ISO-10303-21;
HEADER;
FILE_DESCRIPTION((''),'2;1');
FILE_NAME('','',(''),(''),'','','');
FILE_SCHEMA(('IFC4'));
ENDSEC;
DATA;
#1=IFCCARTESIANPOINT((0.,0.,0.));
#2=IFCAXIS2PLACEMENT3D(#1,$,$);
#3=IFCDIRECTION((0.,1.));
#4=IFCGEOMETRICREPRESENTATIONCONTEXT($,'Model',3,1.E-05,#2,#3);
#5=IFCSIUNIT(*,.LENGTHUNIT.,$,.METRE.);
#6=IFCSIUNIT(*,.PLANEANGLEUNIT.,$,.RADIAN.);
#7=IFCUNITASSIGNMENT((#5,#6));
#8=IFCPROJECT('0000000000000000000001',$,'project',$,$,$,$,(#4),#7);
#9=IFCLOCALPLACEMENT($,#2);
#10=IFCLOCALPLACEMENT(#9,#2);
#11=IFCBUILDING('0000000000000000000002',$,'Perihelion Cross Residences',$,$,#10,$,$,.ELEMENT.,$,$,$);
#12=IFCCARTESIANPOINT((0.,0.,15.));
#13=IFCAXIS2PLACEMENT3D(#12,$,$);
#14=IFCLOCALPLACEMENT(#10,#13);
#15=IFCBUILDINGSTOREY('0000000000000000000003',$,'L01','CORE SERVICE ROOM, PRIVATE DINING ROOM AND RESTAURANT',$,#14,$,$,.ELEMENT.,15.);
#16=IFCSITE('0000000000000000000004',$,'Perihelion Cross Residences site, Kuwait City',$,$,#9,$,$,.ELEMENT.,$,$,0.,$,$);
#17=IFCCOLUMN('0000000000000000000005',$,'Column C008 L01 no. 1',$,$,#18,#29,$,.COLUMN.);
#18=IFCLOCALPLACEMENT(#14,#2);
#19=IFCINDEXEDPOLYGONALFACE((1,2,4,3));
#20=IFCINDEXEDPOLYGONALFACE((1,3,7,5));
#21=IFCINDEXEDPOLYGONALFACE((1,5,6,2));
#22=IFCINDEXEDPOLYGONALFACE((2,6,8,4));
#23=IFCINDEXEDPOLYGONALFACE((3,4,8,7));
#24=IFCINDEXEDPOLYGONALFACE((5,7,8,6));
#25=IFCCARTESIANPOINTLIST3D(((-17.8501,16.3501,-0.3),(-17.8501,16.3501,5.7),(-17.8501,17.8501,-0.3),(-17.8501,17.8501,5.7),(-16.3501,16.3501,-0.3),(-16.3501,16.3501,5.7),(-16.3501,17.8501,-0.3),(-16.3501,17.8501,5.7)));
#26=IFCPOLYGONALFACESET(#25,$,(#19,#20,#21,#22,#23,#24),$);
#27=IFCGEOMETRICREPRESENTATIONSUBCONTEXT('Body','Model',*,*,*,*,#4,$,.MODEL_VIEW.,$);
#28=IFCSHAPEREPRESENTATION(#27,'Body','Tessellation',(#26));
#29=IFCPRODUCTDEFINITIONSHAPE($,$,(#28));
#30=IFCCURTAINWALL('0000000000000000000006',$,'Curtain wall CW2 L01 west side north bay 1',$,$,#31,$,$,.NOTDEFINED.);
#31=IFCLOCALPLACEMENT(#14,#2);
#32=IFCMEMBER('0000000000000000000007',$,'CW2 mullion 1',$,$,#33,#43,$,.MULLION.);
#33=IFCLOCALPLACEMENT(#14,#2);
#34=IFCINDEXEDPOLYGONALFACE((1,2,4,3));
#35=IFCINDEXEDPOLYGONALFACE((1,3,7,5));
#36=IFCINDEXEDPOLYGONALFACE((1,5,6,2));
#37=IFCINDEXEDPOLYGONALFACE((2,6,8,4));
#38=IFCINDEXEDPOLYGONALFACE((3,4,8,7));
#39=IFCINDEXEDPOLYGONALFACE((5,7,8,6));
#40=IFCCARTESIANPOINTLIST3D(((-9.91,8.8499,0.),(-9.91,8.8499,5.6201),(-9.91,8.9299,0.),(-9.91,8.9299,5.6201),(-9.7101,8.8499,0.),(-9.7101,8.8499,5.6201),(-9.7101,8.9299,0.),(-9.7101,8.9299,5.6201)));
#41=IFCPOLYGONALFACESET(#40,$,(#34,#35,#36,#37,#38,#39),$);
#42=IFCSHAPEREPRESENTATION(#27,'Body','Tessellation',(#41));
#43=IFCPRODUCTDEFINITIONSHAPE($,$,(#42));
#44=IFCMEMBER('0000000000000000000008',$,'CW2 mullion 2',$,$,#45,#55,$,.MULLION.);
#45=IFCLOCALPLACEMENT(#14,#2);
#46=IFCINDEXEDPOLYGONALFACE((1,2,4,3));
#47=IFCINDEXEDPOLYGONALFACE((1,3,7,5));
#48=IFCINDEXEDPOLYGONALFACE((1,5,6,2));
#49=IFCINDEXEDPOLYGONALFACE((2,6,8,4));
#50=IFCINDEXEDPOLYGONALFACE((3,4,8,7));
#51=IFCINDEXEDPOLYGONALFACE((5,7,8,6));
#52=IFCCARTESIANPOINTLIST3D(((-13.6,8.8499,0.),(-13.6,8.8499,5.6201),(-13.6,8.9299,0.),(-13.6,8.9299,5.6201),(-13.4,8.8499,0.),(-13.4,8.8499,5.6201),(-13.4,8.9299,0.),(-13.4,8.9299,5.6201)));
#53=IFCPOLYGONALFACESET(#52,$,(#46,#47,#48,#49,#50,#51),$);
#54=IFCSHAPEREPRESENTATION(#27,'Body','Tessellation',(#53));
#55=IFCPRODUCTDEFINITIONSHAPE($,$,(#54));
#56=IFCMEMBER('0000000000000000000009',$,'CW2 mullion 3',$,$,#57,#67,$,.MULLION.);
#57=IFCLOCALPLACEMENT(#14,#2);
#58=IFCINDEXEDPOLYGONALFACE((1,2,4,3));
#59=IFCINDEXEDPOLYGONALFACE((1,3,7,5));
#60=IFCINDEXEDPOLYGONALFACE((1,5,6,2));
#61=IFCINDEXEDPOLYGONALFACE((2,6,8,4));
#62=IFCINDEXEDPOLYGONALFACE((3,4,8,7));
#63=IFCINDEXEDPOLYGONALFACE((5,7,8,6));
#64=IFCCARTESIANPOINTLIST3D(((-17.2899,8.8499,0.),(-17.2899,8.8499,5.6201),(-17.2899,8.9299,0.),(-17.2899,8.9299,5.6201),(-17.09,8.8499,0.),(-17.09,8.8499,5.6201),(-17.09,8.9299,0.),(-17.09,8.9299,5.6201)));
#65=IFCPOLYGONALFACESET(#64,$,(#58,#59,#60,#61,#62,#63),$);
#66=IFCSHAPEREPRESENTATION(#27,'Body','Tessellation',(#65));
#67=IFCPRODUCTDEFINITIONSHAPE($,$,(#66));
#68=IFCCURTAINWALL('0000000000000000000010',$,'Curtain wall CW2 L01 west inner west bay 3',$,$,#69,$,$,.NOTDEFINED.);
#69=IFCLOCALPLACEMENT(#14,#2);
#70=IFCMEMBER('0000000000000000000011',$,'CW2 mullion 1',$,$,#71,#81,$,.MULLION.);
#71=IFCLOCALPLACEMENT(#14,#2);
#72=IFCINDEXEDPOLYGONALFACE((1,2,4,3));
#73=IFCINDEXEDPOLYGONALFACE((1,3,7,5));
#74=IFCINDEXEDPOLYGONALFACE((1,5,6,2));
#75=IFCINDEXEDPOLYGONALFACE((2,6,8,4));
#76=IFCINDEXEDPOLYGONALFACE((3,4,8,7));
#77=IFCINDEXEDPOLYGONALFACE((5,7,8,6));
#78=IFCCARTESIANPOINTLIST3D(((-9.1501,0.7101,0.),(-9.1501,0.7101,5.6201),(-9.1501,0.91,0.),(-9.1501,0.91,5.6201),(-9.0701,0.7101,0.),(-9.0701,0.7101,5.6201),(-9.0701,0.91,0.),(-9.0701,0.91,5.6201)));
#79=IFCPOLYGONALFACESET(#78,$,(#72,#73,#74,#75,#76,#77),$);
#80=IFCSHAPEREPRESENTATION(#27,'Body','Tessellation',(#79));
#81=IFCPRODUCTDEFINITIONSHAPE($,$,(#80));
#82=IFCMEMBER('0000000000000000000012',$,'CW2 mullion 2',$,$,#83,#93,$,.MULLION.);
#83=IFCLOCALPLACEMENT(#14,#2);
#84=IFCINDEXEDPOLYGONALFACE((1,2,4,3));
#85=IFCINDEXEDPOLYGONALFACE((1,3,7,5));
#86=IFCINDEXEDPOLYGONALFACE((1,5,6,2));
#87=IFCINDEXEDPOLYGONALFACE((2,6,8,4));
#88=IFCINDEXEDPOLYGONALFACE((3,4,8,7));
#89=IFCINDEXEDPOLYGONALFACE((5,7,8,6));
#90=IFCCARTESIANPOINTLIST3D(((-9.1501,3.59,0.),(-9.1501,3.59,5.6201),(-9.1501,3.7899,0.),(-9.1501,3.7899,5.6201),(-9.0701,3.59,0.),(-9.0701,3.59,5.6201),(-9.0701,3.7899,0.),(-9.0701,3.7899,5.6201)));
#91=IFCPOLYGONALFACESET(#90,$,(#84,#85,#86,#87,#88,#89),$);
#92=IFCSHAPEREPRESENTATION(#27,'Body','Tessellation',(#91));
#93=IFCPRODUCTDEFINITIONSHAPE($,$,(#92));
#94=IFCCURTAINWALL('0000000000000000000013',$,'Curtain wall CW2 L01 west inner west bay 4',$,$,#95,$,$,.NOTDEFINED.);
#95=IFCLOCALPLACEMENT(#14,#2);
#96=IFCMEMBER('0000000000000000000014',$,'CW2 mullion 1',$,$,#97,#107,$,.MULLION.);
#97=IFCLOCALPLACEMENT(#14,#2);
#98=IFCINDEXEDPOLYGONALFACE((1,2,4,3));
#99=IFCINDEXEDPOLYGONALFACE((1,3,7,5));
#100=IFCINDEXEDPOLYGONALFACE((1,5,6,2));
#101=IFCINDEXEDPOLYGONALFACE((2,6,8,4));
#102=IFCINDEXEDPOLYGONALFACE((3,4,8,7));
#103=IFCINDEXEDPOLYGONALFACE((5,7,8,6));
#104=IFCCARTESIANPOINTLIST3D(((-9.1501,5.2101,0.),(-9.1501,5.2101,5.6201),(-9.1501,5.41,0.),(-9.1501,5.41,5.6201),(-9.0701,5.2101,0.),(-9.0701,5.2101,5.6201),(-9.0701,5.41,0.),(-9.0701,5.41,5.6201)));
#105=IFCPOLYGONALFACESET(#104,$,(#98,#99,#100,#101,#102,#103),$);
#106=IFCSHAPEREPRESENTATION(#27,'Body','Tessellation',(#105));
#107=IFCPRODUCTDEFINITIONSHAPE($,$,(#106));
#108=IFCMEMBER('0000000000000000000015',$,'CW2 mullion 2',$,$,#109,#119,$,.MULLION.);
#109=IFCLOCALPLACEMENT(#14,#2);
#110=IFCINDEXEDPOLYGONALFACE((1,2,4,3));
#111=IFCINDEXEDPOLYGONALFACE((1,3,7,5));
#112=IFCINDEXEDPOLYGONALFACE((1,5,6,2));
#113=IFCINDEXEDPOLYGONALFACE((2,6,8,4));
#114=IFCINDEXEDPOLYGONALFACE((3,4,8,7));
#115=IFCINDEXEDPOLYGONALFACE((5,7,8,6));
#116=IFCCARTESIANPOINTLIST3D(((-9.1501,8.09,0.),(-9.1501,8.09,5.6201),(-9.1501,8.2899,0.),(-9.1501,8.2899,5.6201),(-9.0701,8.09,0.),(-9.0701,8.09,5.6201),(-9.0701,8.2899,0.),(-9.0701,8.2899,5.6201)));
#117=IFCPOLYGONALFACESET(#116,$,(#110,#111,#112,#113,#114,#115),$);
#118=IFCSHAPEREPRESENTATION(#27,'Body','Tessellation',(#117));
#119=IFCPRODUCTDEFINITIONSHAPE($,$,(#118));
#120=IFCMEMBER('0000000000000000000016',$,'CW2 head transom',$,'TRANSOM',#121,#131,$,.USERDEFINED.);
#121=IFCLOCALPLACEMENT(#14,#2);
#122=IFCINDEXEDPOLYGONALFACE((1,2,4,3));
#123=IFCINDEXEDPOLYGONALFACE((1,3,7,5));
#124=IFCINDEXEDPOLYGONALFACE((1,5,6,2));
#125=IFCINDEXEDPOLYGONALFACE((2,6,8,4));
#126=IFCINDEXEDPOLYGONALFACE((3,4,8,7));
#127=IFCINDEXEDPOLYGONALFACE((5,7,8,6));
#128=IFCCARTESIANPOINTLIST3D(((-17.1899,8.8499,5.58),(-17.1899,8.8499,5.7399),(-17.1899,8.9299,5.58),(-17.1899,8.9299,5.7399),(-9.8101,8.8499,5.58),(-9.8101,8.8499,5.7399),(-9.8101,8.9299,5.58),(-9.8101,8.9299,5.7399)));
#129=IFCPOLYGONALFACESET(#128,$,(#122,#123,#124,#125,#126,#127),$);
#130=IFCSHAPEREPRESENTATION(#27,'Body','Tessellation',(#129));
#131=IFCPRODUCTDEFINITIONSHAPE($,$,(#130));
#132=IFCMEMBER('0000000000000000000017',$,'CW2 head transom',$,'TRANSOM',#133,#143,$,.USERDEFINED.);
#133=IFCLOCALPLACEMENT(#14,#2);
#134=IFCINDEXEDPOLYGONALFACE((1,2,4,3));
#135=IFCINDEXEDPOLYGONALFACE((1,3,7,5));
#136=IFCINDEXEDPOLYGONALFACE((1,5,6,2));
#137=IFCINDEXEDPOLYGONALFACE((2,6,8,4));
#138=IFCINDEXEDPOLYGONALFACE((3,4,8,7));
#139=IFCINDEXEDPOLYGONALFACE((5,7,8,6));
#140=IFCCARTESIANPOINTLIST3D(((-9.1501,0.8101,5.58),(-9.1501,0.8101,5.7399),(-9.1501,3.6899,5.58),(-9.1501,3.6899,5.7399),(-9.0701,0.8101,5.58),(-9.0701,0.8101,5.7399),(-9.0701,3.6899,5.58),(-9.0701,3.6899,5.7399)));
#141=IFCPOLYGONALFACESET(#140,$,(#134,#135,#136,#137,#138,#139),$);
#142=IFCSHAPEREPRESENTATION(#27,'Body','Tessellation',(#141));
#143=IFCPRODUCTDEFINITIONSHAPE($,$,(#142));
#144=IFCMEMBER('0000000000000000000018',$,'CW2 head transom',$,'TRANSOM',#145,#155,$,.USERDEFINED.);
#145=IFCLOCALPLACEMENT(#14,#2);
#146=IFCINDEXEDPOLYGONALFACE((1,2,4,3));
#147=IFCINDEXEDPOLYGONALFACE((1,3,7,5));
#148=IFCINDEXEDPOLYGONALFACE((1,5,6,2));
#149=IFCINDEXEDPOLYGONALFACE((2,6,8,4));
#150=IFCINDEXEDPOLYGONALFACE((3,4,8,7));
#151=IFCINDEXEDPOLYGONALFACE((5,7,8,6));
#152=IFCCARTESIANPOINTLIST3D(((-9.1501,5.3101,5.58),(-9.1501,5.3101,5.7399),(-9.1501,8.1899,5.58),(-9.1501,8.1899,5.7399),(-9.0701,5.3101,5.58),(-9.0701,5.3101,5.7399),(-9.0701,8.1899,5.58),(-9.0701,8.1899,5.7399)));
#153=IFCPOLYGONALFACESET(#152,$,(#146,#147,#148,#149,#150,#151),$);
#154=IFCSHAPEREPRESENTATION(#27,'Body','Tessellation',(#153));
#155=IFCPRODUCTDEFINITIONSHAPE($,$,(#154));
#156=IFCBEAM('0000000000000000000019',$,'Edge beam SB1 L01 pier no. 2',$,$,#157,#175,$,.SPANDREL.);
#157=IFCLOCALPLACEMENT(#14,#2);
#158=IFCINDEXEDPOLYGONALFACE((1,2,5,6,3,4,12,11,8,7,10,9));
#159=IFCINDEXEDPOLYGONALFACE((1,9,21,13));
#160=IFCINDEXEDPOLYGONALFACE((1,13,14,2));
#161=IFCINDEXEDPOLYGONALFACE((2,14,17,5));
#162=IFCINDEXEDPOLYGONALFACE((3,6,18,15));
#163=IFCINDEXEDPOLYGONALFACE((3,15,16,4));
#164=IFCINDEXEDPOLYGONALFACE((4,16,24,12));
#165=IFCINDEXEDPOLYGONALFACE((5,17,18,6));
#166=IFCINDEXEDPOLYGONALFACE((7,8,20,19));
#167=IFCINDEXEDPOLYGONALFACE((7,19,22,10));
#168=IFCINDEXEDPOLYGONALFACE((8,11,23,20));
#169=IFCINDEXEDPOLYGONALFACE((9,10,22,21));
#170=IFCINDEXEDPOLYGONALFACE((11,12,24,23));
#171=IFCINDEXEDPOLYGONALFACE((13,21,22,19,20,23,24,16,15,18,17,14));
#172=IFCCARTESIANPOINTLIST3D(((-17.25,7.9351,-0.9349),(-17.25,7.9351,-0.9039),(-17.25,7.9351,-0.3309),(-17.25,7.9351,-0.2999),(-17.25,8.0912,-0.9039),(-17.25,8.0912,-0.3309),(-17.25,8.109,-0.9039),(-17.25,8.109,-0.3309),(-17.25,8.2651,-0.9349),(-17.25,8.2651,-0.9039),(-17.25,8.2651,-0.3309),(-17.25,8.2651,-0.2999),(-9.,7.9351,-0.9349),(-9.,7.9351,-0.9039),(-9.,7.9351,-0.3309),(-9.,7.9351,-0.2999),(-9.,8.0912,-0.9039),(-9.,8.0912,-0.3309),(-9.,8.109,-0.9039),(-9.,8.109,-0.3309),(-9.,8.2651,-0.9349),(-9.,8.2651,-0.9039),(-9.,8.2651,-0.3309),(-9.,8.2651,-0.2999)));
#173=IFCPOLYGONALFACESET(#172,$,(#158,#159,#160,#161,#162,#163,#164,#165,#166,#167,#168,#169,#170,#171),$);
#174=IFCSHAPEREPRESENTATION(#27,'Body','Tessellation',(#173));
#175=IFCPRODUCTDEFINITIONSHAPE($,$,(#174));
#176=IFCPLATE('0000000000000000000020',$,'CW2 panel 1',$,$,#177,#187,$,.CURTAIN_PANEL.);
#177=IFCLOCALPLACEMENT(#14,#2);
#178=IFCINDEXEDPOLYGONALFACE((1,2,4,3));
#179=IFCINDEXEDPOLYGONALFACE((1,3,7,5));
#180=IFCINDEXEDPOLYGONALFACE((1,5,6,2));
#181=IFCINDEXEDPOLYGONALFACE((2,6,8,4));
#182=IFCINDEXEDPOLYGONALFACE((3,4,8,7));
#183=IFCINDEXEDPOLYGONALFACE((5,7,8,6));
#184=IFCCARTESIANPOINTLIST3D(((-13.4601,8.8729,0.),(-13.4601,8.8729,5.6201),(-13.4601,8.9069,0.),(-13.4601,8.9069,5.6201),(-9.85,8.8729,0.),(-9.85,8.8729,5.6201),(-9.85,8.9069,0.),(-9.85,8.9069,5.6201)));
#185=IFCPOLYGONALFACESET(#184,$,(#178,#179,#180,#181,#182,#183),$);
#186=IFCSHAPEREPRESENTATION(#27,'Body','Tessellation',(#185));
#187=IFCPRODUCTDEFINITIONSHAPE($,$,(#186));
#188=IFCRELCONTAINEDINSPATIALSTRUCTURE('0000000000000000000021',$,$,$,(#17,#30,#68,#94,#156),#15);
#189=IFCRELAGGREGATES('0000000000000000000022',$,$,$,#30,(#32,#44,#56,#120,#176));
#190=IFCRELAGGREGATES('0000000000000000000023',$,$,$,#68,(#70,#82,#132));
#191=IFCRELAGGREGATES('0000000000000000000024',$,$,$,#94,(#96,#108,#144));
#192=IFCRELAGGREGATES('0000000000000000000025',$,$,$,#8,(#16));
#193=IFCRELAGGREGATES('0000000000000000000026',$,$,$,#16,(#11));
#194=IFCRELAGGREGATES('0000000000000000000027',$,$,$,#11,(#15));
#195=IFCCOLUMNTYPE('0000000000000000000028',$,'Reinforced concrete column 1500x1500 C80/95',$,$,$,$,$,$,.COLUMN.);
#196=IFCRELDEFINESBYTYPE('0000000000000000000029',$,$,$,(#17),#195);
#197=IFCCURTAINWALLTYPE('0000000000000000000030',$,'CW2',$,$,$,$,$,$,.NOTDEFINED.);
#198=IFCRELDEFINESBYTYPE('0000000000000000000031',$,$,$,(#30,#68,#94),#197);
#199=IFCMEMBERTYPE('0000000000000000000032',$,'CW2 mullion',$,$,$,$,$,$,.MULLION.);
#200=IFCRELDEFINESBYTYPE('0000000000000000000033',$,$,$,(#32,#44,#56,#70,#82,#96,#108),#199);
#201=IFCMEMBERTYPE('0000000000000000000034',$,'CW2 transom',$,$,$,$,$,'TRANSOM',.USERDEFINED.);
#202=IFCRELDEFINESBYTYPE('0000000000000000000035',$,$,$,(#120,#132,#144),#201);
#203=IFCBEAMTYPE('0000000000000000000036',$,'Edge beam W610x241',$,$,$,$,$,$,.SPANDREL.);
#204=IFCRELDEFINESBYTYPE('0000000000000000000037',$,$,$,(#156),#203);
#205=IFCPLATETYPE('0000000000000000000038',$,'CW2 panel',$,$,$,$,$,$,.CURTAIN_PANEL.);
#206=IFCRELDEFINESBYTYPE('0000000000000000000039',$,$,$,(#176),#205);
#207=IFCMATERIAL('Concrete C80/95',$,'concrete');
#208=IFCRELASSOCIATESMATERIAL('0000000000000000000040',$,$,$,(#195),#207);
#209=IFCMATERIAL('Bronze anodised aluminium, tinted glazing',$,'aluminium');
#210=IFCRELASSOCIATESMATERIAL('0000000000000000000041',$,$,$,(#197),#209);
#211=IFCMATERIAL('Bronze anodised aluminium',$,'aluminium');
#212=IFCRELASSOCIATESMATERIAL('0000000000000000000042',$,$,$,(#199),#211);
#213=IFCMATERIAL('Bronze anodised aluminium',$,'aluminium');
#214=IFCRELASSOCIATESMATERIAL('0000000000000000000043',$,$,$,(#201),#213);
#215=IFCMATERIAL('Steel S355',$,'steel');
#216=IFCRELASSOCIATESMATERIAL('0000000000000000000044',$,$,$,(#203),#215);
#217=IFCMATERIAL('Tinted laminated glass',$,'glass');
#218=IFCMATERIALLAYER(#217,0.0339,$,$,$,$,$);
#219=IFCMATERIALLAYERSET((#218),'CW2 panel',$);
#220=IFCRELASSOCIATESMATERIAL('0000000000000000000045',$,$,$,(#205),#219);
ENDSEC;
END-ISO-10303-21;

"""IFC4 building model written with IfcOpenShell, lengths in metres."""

from ifc_helpers import new_model, si_unit, direction, frame, origin, origin_2d, place, context, subcontext, project, spatial, rectangle, i_section, extrude, material, layer, layer_set, material_profile, profile_set, type_object, element, aggregate, save


model = new_model("IFC4")

# Units and contexts
model_context = context("Model", 3, precision=1e-05, world=origin(), true_north=direction((0.0, 1.0)))
body_context = subcontext(model_context, "Body", "Model", "MODEL_VIEW")
ifc_project = project(units=[si_unit("LENGTHUNIT", "METRE"), si_unit("PLANEANGLEUNIT", "RADIAN")], contexts=[model_context])

# Site, building, storey
site_placement = place(None, origin())
site = spatial("IfcSite", under=ifc_project, at=site_placement, Name="Perihelion Cross Residences site, Kuwait City", CompositionType="ELEMENT", RefElevation=0.0)
building_placement = place(site_placement, origin())
building = spatial("IfcBuilding", under=site, at=building_placement, Name="Perihelion Cross Residences", CompositionType="ELEMENT")
storey_placement = place(building_placement, frame((0.0, 0.0, 15.0)))
storey = spatial("IfcBuildingStorey", under=building, at=storey_placement, Name="L01", Description="CORE SERVICE ROOM, PRIVATE DINING ROOM AND RESTAURANT", CompositionType="ELEMENT", Elevation=15.0)

# Column
ifc_material_1 = material(Name="Concrete C80/95", Category="concrete")
ifc_material_profile_1 = material_profile(ifc_material_1, rectangle(XDim=1.5, YDim=1.5, at=origin_2d()), Name="RC 1500x1500")
ifc_profile_set_1 = profile_set([ifc_material_profile_1], Name="Concrete C80/95")
column_type = type_object("IfcColumnType", Name="Reinforced concrete column 1500x1500 C80/95", PredefinedType="COLUMN", material=ifc_profile_set_1)
column_placement = place(storey_placement, frame((-17.1001, 17.1001, -0.3), z_axis=(0.0, 0.0, 1.0), x_axis=(1.0, 0.0, 0.0)))
element("IfcColumn", 1, at=column_placement, inside=storey, type_object=column_type, Name="Column C008 L01 no. 1", PredefinedType="COLUMN", context=body_context, shape_type="SweptSolid", body=[
    extrude(rectangle(XDim=1.5, YDim=1.5, at=origin_2d()), origin(), (0.0, 0.0, 1.0), 6.0),
])

# Curtain walls, members
ifc_material_2 = material(Name="Bronze anodised aluminium, tinted glazing", Category="aluminium")
curtain_wall_type = type_object("IfcCurtainWallType", Name="CW2", PredefinedType="NOTDEFINED", material=ifc_material_2)
curtain_wall_1_placement = place(storey_placement, origin())
curtain_wall_1 = element("IfcCurtainWall", 2, at=curtain_wall_1_placement, inside=storey, type_object=curtain_wall_type, Name="Curtain wall CW2 L01 west side north bay 1", PredefinedType="NOTDEFINED")
ifc_material_3 = material(Name="Bronze anodised aluminium", Category="aluminium")
ifc_material_profile_2 = material_profile(ifc_material_3, rectangle(XDim=0.0801, YDim=0.2, at=origin_2d()), Name="CW2 mullion")
ifc_profile_set_2 = profile_set([ifc_material_profile_2], Name="Bronze anodised aluminium")
member_type_1 = type_object("IfcMemberType", Name="CW2 mullion", PredefinedType="MULLION", material=ifc_profile_set_2)
member_1_placement = place(storey_placement, frame((-9.8101, 8.8899, 0.0), z_axis=(0.0, 0.0, 1.0), x_axis=(0.0, -1.0, 0.0)))
member_1 = element("IfcMember", 3, at=member_1_placement, type_object=member_type_1, Name="CW2 mullion 1", PredefinedType="MULLION", context=body_context, shape_type="SweptSolid", body=[
    extrude(rectangle(XDim=0.0801, YDim=0.2, at=origin_2d()), origin(), (0.0, 0.0, 1.0), 5.6201),
])
member_2_placement = place(storey_placement, frame((-13.5, 8.8899, 0.0), z_axis=(0.0, 0.0, 1.0), x_axis=(0.0, -1.0, 0.0)))
member_2 = element("IfcMember", 4, at=member_2_placement, type_object=member_type_1, Name="CW2 mullion 2", PredefinedType="MULLION", context=body_context, shape_type="SweptSolid", body=[
    extrude(rectangle(XDim=0.0801, YDim=0.2, at=origin_2d()), origin(), (0.0, 0.0, 1.0), 5.6201),
])
member_3_placement = place(storey_placement, frame((-17.1899, 8.8899, 0.0), z_axis=(0.0, 0.0, 1.0), x_axis=(0.0, -1.0, 0.0)))
member_3 = element("IfcMember", 5, at=member_3_placement, type_object=member_type_1, Name="CW2 mullion 3", PredefinedType="MULLION", context=body_context, shape_type="SweptSolid", body=[
    extrude(rectangle(XDim=0.0801, YDim=0.2, at=origin_2d()), origin(), (0.0, 0.0, 1.0), 5.6201),
])
curtain_wall_2_placement = place(storey_placement, origin())
curtain_wall_2 = element("IfcCurtainWall", 6, at=curtain_wall_2_placement, inside=storey, type_object=curtain_wall_type, Name="Curtain wall CW2 L01 west inner west bay 3", PredefinedType="NOTDEFINED")
member_4_placement = place(storey_placement, frame((-9.1101, 0.8101, 0.0), z_axis=(0.0, 0.0, 1.0), x_axis=(-1.0, 0.0, 0.0)))
member_4 = element("IfcMember", 7, at=member_4_placement, type_object=member_type_1, Name="CW2 mullion 1", PredefinedType="MULLION", context=body_context, shape_type="SweptSolid", body=[
    extrude(rectangle(XDim=0.0801, YDim=0.2, at=origin_2d()), origin(), (0.0, 0.0, 1.0), 5.6201),
])
member_5_placement = place(storey_placement, frame((-9.1101, 3.6899, 0.0), z_axis=(0.0, 0.0, 1.0), x_axis=(-1.0, 0.0, 0.0)))
member_5 = element("IfcMember", 8, at=member_5_placement, type_object=member_type_1, Name="CW2 mullion 2", PredefinedType="MULLION", context=body_context, shape_type="SweptSolid", body=[
    extrude(rectangle(XDim=0.0801, YDim=0.2, at=origin_2d()), origin(), (0.0, 0.0, 1.0), 5.6201),
])
curtain_wall_3_placement = place(storey_placement, origin())
curtain_wall_3 = element("IfcCurtainWall", 9, at=curtain_wall_3_placement, inside=storey, type_object=curtain_wall_type, Name="Curtain wall CW2 L01 west inner west bay 4", PredefinedType="NOTDEFINED")
member_6_placement = place(storey_placement, frame((-9.1101, 5.3101, 0.0), z_axis=(0.0, 0.0, 1.0), x_axis=(-1.0, 0.0, 0.0)))
member_6 = element("IfcMember", 10, at=member_6_placement, type_object=member_type_1, Name="CW2 mullion 1", PredefinedType="MULLION", context=body_context, shape_type="SweptSolid", body=[
    extrude(rectangle(XDim=0.0801, YDim=0.2, at=origin_2d()), origin(), (0.0, 0.0, 1.0), 5.6201),
])
member_7_placement = place(storey_placement, frame((-9.1101, 8.1899, 0.0), z_axis=(0.0, 0.0, 1.0), x_axis=(-1.0, 0.0, 0.0)))
member_7 = element("IfcMember", 11, at=member_7_placement, type_object=member_type_1, Name="CW2 mullion 2", PredefinedType="MULLION", context=body_context, shape_type="SweptSolid", body=[
    extrude(rectangle(XDim=0.0801, YDim=0.2, at=origin_2d()), origin(), (0.0, 0.0, 1.0), 5.6201),
])

# Members
ifc_material_4 = material(Name="Bronze anodised aluminium", Category="aluminium")
ifc_material_profile_3 = material_profile(ifc_material_4, rectangle(XDim=0.0801, YDim=0.1599, at=origin_2d()), Name="CW2 transom")
ifc_profile_set_3 = profile_set([ifc_material_profile_3], Name="Bronze anodised aluminium")
member_type_2 = type_object("IfcMemberType", Name="CW2 transom", ElementType="TRANSOM", PredefinedType="USERDEFINED", material=ifc_profile_set_3)
member_8_placement = place(storey_placement, frame((-9.8101, 8.8899, 5.6599), z_axis=(-1.0, 0.0, 0.0), x_axis=(0.0, -1.0, 0.0)))
member_8 = element("IfcMember", 12, at=member_8_placement, type_object=member_type_2, Name="CW2 head transom", ObjectType="TRANSOM", PredefinedType="USERDEFINED", context=body_context, shape_type="SweptSolid", body=[
    extrude(rectangle(XDim=0.0801, YDim=0.1599, at=origin_2d()), origin(), (0.0, 0.0, 1.0), 7.3799),
])
member_9_placement = place(storey_placement, frame((-9.1101, 0.8101, 5.6599), z_axis=(0.0, 1.0, 0.0), x_axis=(-1.0, 0.0, 0.0)))
member_9 = element("IfcMember", 13, at=member_9_placement, type_object=member_type_2, Name="CW2 head transom", ObjectType="TRANSOM", PredefinedType="USERDEFINED", context=body_context, shape_type="SweptSolid", body=[
    extrude(rectangle(XDim=0.0801, YDim=0.1599, at=origin_2d()), origin(), (0.0, 0.0, 1.0), 2.8799),
])
member_10_placement = place(storey_placement, frame((-9.1101, 5.3101, 5.6599), z_axis=(0.0, 1.0, 0.0), x_axis=(-1.0, 0.0, 0.0)))
member_10 = element("IfcMember", 14, at=member_10_placement, type_object=member_type_2, Name="CW2 head transom", ObjectType="TRANSOM", PredefinedType="USERDEFINED", context=body_context, shape_type="SweptSolid", body=[
    extrude(rectangle(XDim=0.0801, YDim=0.1599, at=origin_2d()), origin(), (0.0, 0.0, 1.0), 2.8799),
])

# Beam
ifc_material_5 = material(Name="Steel S355", Category="steel")
ifc_material_profile_4 = material_profile(ifc_material_5, i_section(OverallWidth=0.3301, OverallDepth=0.635, WebThickness=0.0178, FlangeThickness=0.031, at=origin_2d()), Name="W610x241")
ifc_profile_set_4 = profile_set([ifc_material_profile_4], Name="Steel S355")
beam_type = type_object("IfcBeamType", Name="Edge beam W610x241", PredefinedType="SPANDREL", material=ifc_profile_set_4)
beam_placement = place(storey_placement, frame((-9.0, 8.1001, -0.6174), z_axis=(-1.0, 0.0, 0.0), x_axis=(0.0, -1.0, 0.0)))
element("IfcBeam", 15, at=beam_placement, inside=storey, type_object=beam_type, Name="Edge beam SB1 L01 pier no. 2", PredefinedType="SPANDREL", context=body_context, shape_type="SweptSolid", body=[
    extrude(i_section(OverallWidth=0.3301, OverallDepth=0.635, WebThickness=0.0178, FlangeThickness=0.031, at=origin_2d()), origin(), (0.0, 0.0, 1.0), 8.25),
])

# Plate
ifc_material_6 = material(Name="Tinted laminated glass", Category="glass")
ifc_layer_1 = layer(ifc_material_6, 0.0339)
ifc_layer_set_1 = layer_set([ifc_layer_1], Name="CW2 panel")
plate_type = type_object("IfcPlateType", Name="CW2 panel", PredefinedType="CURTAIN_PANEL", material=ifc_layer_set_1)
plate_1_placement = place(storey_placement, frame((-11.655, 8.8899, 0.0), z_axis=(0.0, 0.0, 1.0), x_axis=(-1.0, 0.0, 0.0)))
plate_1 = element("IfcPlate", 16, at=plate_1_placement, type_object=plate_type, Name="CW2 panel 1", PredefinedType="CURTAIN_PANEL", context=body_context, shape_type="SweptSolid", body=[
    extrude(rectangle(XDim=3.6101, YDim=0.0339, at=origin_2d()), origin(), (0.0, 0.0, 1.0), 5.6201),
])
aggregate(curtain_wall_1, [member_1, member_2, member_3, member_8, plate_1])
aggregate(curtain_wall_2, [member_4, member_5, member_9])
aggregate(curtain_wall_3, [member_6, member_7, member_10])

save(model, "model.ifc")
